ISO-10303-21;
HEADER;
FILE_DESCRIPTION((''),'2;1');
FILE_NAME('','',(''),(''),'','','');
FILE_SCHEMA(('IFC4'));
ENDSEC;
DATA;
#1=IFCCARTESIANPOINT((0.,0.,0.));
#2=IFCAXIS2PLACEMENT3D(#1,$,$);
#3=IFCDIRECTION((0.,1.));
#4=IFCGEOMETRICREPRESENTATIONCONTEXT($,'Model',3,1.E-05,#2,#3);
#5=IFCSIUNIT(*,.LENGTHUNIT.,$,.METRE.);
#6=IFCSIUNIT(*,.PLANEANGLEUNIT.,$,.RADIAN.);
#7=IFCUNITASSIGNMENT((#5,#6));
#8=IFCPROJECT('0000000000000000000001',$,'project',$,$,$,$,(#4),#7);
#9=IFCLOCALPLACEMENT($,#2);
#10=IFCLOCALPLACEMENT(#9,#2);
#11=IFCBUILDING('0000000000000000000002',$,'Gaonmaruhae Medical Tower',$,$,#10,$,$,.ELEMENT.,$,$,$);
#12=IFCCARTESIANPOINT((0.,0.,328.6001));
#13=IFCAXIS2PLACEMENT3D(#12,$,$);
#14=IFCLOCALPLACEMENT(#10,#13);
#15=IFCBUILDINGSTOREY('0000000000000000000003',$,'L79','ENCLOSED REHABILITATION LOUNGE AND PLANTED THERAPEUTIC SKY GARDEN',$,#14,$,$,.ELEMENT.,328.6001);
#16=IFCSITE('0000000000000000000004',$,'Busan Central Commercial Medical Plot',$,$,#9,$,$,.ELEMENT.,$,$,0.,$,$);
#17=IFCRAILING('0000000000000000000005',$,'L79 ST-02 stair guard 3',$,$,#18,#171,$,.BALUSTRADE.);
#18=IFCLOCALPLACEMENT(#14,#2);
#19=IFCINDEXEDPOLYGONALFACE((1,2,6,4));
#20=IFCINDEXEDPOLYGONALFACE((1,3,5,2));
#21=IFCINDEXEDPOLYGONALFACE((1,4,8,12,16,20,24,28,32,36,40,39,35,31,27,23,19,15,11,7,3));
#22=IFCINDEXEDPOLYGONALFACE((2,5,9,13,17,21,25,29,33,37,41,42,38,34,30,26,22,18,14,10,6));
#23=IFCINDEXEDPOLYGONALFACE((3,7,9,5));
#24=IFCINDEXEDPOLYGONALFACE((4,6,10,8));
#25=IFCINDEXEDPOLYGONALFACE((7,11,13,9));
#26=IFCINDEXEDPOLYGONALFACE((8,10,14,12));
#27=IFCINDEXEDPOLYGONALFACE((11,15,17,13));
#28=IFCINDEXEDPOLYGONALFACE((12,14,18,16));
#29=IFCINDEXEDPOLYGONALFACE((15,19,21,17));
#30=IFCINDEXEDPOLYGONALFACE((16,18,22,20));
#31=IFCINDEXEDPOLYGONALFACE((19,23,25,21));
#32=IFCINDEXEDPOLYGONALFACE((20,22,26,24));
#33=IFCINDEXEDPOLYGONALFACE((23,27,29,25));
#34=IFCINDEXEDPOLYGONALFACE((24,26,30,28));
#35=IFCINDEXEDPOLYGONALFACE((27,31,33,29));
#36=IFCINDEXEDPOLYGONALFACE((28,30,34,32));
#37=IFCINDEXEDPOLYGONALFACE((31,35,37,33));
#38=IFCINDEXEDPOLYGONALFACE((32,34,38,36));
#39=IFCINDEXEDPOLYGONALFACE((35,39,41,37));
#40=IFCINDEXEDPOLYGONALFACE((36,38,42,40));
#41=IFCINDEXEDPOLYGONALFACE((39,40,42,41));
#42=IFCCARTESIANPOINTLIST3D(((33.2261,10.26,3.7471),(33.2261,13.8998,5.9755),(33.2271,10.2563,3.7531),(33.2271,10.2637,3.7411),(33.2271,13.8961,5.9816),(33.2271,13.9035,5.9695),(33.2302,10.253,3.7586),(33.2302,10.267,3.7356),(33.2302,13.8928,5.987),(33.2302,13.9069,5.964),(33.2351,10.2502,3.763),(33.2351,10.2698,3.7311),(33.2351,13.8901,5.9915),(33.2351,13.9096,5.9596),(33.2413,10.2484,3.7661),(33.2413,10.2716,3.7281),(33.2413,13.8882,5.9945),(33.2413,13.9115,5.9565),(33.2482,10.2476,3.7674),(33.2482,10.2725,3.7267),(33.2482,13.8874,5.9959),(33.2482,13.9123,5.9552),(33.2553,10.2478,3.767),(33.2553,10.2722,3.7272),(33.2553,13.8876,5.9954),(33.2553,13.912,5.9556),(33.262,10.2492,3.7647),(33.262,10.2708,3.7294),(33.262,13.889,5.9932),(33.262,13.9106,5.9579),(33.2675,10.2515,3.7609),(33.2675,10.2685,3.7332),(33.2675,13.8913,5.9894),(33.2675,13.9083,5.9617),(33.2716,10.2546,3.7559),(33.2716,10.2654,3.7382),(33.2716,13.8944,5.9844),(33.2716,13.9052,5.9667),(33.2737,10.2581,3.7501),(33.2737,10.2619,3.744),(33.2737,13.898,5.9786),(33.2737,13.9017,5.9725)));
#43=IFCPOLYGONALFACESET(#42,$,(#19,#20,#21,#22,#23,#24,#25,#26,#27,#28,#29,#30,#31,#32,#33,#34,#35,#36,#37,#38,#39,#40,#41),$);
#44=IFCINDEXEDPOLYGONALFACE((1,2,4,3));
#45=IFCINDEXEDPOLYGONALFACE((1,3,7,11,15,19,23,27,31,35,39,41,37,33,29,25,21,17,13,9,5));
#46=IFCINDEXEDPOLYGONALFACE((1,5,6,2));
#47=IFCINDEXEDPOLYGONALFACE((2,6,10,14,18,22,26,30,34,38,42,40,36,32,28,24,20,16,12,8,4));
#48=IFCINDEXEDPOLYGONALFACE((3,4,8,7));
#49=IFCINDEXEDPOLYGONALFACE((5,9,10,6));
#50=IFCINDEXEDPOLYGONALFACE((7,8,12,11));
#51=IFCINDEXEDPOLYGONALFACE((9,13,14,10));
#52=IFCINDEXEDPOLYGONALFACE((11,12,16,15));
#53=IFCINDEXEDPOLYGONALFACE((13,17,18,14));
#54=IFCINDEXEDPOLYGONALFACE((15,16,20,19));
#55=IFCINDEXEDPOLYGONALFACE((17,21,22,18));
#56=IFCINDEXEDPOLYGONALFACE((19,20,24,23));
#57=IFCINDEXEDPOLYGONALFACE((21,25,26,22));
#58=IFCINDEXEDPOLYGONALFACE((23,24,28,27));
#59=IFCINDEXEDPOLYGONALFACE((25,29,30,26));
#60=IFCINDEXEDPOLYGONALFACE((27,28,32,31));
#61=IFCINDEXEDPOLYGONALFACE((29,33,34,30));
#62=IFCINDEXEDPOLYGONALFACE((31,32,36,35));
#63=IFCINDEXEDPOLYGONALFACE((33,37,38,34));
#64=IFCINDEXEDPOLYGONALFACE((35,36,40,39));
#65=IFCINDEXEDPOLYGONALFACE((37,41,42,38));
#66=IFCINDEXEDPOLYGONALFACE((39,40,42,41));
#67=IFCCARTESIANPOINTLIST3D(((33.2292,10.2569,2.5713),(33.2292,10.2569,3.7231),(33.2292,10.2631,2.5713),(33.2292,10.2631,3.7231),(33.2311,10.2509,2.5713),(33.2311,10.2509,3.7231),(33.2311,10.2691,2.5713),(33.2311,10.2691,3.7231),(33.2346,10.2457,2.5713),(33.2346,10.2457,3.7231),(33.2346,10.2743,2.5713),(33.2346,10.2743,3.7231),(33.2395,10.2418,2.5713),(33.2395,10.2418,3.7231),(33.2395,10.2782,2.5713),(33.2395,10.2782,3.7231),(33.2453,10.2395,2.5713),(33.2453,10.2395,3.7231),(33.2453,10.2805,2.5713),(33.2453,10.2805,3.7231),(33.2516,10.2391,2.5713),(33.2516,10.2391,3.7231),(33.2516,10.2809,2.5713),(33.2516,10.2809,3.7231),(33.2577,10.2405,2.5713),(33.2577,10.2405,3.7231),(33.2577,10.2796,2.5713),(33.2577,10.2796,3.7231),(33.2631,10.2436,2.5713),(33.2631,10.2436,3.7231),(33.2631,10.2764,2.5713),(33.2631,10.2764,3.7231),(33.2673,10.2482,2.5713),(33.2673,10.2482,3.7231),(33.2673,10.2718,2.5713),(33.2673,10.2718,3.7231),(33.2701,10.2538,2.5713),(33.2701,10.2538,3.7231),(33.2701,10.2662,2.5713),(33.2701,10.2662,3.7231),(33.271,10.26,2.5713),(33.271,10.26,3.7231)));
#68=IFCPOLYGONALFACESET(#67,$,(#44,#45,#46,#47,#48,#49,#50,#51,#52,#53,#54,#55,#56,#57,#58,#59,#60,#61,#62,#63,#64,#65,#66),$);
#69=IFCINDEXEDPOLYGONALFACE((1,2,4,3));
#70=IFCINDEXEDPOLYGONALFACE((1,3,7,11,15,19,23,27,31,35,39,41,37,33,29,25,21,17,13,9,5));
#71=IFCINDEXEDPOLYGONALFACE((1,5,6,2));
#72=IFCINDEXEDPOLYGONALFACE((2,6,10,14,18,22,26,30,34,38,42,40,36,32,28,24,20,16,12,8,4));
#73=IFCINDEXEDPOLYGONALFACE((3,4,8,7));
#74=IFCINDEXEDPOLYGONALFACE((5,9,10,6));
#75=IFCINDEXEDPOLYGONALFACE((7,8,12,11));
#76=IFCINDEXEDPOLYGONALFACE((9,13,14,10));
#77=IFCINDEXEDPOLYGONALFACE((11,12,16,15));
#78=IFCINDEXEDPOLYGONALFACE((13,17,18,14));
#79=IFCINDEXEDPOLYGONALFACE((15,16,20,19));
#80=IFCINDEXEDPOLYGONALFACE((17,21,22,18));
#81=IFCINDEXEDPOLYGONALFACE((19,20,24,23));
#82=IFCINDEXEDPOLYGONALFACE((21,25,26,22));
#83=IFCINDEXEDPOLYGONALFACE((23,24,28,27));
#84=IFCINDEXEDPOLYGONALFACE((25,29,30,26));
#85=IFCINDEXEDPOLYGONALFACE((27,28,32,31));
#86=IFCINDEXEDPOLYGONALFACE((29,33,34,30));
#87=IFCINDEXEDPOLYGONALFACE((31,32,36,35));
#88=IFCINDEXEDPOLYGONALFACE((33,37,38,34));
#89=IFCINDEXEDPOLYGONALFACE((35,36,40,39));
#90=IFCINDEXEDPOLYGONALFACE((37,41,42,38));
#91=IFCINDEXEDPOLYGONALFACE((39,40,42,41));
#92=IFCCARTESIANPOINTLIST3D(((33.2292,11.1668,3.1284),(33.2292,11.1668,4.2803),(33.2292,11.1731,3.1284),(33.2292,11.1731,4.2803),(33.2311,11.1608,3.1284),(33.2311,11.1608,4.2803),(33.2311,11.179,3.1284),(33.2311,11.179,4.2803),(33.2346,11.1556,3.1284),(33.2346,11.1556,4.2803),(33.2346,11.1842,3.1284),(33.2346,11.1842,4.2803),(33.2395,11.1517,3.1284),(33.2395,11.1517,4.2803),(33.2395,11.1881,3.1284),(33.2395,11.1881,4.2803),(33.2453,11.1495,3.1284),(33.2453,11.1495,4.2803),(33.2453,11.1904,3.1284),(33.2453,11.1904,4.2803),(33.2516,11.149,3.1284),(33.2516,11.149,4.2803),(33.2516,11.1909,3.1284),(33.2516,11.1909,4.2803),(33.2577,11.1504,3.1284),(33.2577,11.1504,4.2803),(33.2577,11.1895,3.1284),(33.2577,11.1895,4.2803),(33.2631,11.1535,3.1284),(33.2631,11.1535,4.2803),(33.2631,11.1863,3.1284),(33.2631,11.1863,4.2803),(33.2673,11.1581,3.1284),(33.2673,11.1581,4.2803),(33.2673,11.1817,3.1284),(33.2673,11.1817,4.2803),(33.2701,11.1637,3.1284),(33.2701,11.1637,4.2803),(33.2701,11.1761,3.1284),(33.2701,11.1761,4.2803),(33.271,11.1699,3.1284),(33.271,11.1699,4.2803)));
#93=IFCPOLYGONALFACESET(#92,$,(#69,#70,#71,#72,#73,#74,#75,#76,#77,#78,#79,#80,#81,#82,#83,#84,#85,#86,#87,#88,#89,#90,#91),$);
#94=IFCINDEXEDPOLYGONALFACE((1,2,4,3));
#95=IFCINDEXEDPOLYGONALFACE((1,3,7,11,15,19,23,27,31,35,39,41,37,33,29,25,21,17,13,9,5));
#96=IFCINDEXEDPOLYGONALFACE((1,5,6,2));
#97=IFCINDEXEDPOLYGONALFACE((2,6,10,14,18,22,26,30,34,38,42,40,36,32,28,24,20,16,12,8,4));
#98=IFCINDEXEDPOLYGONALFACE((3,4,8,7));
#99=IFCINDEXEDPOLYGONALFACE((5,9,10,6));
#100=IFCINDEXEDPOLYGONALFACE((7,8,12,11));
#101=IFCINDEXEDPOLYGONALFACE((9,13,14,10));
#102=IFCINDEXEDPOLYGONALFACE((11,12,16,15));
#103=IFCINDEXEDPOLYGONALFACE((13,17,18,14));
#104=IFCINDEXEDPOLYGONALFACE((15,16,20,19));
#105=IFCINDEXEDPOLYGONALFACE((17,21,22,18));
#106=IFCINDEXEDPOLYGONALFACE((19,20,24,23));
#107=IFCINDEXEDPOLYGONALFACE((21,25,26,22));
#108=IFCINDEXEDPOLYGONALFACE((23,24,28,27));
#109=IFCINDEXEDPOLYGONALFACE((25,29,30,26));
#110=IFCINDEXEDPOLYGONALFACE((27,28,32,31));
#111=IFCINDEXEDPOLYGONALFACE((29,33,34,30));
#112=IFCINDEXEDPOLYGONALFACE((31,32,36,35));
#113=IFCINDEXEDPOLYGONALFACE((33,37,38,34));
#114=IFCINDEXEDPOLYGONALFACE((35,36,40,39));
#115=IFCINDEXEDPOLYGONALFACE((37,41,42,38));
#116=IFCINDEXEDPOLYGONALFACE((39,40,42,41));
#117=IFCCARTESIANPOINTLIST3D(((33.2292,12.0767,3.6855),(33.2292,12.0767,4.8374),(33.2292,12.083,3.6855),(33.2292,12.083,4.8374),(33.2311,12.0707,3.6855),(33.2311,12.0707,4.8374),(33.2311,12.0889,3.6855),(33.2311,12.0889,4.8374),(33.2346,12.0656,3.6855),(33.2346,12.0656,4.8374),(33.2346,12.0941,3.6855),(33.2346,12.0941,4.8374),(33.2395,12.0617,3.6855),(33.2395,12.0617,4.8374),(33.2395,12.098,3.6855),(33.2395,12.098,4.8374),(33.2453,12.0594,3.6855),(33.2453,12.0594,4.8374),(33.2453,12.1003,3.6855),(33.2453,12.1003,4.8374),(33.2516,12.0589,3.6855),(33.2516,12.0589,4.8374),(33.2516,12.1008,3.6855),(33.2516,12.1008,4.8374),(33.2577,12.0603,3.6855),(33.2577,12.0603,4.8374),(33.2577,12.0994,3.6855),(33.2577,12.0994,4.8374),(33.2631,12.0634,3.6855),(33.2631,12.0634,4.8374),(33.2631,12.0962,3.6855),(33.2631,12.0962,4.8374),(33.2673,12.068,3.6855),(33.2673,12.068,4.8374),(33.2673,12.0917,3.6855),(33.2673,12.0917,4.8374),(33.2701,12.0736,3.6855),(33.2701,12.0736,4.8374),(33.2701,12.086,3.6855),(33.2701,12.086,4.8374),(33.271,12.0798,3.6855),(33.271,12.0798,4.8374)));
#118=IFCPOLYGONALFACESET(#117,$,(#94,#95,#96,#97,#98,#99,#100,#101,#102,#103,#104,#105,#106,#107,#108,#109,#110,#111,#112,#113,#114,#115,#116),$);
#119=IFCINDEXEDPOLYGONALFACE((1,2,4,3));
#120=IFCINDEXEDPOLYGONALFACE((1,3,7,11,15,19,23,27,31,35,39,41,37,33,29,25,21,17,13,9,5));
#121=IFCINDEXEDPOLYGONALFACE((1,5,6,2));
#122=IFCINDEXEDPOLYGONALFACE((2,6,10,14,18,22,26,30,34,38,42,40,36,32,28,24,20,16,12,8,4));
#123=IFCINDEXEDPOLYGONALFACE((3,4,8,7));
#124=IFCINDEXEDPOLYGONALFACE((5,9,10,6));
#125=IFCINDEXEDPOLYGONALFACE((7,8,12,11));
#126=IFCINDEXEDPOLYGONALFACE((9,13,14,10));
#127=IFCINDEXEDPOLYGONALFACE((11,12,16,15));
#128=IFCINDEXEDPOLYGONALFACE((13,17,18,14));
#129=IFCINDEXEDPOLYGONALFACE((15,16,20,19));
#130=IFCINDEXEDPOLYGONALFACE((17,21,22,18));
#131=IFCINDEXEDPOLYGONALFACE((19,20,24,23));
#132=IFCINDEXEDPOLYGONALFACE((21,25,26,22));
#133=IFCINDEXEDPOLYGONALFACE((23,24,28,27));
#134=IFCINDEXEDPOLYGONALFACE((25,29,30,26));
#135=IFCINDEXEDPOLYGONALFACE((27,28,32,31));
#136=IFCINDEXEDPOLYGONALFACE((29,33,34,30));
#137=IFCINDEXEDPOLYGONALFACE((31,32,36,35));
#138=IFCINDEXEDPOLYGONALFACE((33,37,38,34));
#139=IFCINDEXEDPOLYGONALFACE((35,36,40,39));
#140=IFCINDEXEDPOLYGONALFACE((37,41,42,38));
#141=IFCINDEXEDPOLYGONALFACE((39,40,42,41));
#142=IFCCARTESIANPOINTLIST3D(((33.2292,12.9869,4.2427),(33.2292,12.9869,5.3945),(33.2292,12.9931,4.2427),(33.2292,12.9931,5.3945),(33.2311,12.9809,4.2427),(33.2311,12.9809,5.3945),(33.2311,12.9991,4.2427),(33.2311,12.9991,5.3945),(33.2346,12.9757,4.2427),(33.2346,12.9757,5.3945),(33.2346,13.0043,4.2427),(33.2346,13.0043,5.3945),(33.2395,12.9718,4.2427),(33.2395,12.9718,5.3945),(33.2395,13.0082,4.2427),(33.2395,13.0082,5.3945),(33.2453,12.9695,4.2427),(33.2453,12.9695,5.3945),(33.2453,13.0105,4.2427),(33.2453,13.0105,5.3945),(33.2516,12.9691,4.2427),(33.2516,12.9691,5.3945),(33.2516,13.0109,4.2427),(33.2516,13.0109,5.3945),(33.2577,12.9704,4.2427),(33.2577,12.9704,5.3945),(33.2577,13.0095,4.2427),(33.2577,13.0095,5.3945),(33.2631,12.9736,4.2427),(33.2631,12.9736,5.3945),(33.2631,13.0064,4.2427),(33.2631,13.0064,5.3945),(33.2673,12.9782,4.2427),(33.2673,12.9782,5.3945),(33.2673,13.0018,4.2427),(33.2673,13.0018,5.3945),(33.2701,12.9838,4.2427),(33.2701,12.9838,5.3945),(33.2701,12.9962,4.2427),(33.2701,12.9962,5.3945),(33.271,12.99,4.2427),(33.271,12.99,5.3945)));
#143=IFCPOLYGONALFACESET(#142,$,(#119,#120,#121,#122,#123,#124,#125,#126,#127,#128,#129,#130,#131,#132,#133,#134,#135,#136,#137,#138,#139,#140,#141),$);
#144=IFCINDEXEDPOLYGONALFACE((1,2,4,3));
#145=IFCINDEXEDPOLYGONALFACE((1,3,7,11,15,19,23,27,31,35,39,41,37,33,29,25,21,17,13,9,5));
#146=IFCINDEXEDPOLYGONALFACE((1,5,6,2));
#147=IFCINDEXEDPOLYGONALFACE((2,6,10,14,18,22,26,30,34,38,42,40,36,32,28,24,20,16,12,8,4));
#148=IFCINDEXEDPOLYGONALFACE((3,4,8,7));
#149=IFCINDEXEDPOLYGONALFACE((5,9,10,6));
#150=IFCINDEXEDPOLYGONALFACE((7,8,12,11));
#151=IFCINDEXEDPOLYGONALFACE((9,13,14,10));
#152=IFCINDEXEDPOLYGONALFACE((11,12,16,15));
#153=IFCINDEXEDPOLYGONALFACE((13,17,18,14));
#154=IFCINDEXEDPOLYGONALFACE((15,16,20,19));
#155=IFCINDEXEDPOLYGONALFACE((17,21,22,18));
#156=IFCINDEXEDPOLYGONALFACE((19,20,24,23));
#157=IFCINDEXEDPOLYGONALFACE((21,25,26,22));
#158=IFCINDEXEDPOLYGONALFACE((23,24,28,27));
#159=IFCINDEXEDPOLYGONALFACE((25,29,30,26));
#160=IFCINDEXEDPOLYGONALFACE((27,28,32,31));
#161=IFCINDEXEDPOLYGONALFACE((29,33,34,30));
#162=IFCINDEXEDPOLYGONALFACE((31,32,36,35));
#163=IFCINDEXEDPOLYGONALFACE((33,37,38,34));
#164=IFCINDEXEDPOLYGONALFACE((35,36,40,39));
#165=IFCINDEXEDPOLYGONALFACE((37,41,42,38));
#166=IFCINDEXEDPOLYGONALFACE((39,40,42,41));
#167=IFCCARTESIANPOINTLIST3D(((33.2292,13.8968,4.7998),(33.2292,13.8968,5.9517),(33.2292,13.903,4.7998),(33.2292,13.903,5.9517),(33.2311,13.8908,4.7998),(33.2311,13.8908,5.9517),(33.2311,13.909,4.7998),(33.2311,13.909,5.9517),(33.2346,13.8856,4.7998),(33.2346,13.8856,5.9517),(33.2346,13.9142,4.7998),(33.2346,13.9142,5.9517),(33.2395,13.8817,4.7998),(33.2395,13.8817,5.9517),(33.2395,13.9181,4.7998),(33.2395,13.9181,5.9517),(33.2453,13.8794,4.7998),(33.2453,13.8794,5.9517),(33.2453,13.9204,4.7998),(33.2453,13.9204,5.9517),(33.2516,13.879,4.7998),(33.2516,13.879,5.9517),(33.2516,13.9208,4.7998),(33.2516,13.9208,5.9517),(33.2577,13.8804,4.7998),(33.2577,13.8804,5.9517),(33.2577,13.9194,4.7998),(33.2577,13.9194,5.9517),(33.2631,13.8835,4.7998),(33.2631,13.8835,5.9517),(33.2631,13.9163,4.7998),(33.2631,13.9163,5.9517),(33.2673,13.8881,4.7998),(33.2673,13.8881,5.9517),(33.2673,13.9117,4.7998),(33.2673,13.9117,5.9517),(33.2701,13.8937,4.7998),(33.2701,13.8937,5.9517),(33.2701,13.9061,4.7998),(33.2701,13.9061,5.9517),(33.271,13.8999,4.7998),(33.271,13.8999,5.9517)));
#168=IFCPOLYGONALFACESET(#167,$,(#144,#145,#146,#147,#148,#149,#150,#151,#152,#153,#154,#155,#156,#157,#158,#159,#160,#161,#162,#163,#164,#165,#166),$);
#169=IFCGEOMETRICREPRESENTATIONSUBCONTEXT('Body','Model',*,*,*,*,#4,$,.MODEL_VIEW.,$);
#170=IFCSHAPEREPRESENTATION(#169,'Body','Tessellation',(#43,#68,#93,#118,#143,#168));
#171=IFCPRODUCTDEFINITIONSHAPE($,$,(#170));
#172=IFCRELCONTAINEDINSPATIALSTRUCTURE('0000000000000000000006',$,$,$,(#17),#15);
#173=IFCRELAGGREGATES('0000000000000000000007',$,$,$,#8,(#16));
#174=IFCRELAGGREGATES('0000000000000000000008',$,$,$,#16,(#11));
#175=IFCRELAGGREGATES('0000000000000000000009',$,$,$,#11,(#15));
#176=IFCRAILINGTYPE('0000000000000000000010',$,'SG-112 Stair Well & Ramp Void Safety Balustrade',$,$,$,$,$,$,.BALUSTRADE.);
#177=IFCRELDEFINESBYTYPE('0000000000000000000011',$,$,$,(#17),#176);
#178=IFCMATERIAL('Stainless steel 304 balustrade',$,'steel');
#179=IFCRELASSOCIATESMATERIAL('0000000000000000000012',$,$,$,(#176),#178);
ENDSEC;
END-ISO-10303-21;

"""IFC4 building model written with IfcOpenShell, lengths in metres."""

from ifc_helpers import new_model, si_unit, direction, frame, origin, origin_2d, place, context, subcontext, project, spatial, circle, extrude, material, type_object, element, save


model = new_model("IFC4")

# Units and contexts
model_context = context("Model", 3, precision=1e-05, world=origin(), true_north=direction((0.0, 1.0)))
body_context = subcontext(model_context, "Body", "Model", "MODEL_VIEW")
ifc_project = project(units=[si_unit("LENGTHUNIT", "METRE"), si_unit("PLANEANGLEUNIT", "RADIAN")], contexts=[model_context])

# Site, building, storey
site_placement = place(None, origin())
site = spatial("IfcSite", under=ifc_project, at=site_placement, Name="Busan Central Commercial Medical Plot", CompositionType="ELEMENT", RefElevation=0.0)
building_placement = place(site_placement, origin())
building = spatial("IfcBuilding", under=site, at=building_placement, Name="Gaonmaruhae Medical Tower", CompositionType="ELEMENT")
storey_placement = place(building_placement, frame((0.0, 0.0, 328.6001)))
storey = spatial("IfcBuildingStorey", under=building, at=storey_placement, Name="L79", Description="ENCLOSED REHABILITATION LOUNGE AND PLANTED THERAPEUTIC SKY GARDEN", CompositionType="ELEMENT", Elevation=328.6001)

# Railing
ifc_material_1 = material(Name="Stainless steel 304 balustrade", Category="steel")
railing_type_1 = type_object("IfcRailingType", Name="SG-112 Stair Well & Ramp Void Safety Balustrade", PredefinedType="BALUSTRADE", material=ifc_material_1)
railing_1_placement = place(storey_placement, frame((33.25, 10.26, 2.5713)))
element("IfcRailing", 1, at=railing_1_placement, inside=storey, type_object=railing_type_1, Name="L79 ST-02 stair guard 3", PredefinedType="BALUSTRADE", context=body_context, shape_type="SweptSolid", body=[
    extrude(circle(Radius=0.0239, at=origin_2d()), frame((0.0, 0.0, 1.1758), z_axis=(0.0, 0.85285, 0.522156), x_axis=(-1.0, 0.0, 0.0)), (0.0, 0.0, 1.0), 4.2678),
    extrude(circle(Radius=0.021, at=origin_2d()), origin(), (0.0, 0.0, 1.0), 1.1519),
    extrude(circle(Radius=0.021, at=origin_2d()), frame((0.0, 0.9099, 0.5571)), (0.0, 0.0, 1.0), 1.1519),
    extrude(circle(Radius=0.021, at=origin_2d()), frame((0.0, 1.8198, 1.1143)), (0.0, 0.0, 1.0), 1.1519),
    extrude(circle(Radius=0.021, at=origin_2d()), frame((0.0, 2.73, 1.6714)), (0.0, 0.0, 1.0), 1.1519),
    extrude(circle(Radius=0.021, at=origin_2d()), frame((0.0, 3.6399, 2.2285)), (0.0, 0.0, 1.0), 1.1519),
])

save(model, "model.ifc")
